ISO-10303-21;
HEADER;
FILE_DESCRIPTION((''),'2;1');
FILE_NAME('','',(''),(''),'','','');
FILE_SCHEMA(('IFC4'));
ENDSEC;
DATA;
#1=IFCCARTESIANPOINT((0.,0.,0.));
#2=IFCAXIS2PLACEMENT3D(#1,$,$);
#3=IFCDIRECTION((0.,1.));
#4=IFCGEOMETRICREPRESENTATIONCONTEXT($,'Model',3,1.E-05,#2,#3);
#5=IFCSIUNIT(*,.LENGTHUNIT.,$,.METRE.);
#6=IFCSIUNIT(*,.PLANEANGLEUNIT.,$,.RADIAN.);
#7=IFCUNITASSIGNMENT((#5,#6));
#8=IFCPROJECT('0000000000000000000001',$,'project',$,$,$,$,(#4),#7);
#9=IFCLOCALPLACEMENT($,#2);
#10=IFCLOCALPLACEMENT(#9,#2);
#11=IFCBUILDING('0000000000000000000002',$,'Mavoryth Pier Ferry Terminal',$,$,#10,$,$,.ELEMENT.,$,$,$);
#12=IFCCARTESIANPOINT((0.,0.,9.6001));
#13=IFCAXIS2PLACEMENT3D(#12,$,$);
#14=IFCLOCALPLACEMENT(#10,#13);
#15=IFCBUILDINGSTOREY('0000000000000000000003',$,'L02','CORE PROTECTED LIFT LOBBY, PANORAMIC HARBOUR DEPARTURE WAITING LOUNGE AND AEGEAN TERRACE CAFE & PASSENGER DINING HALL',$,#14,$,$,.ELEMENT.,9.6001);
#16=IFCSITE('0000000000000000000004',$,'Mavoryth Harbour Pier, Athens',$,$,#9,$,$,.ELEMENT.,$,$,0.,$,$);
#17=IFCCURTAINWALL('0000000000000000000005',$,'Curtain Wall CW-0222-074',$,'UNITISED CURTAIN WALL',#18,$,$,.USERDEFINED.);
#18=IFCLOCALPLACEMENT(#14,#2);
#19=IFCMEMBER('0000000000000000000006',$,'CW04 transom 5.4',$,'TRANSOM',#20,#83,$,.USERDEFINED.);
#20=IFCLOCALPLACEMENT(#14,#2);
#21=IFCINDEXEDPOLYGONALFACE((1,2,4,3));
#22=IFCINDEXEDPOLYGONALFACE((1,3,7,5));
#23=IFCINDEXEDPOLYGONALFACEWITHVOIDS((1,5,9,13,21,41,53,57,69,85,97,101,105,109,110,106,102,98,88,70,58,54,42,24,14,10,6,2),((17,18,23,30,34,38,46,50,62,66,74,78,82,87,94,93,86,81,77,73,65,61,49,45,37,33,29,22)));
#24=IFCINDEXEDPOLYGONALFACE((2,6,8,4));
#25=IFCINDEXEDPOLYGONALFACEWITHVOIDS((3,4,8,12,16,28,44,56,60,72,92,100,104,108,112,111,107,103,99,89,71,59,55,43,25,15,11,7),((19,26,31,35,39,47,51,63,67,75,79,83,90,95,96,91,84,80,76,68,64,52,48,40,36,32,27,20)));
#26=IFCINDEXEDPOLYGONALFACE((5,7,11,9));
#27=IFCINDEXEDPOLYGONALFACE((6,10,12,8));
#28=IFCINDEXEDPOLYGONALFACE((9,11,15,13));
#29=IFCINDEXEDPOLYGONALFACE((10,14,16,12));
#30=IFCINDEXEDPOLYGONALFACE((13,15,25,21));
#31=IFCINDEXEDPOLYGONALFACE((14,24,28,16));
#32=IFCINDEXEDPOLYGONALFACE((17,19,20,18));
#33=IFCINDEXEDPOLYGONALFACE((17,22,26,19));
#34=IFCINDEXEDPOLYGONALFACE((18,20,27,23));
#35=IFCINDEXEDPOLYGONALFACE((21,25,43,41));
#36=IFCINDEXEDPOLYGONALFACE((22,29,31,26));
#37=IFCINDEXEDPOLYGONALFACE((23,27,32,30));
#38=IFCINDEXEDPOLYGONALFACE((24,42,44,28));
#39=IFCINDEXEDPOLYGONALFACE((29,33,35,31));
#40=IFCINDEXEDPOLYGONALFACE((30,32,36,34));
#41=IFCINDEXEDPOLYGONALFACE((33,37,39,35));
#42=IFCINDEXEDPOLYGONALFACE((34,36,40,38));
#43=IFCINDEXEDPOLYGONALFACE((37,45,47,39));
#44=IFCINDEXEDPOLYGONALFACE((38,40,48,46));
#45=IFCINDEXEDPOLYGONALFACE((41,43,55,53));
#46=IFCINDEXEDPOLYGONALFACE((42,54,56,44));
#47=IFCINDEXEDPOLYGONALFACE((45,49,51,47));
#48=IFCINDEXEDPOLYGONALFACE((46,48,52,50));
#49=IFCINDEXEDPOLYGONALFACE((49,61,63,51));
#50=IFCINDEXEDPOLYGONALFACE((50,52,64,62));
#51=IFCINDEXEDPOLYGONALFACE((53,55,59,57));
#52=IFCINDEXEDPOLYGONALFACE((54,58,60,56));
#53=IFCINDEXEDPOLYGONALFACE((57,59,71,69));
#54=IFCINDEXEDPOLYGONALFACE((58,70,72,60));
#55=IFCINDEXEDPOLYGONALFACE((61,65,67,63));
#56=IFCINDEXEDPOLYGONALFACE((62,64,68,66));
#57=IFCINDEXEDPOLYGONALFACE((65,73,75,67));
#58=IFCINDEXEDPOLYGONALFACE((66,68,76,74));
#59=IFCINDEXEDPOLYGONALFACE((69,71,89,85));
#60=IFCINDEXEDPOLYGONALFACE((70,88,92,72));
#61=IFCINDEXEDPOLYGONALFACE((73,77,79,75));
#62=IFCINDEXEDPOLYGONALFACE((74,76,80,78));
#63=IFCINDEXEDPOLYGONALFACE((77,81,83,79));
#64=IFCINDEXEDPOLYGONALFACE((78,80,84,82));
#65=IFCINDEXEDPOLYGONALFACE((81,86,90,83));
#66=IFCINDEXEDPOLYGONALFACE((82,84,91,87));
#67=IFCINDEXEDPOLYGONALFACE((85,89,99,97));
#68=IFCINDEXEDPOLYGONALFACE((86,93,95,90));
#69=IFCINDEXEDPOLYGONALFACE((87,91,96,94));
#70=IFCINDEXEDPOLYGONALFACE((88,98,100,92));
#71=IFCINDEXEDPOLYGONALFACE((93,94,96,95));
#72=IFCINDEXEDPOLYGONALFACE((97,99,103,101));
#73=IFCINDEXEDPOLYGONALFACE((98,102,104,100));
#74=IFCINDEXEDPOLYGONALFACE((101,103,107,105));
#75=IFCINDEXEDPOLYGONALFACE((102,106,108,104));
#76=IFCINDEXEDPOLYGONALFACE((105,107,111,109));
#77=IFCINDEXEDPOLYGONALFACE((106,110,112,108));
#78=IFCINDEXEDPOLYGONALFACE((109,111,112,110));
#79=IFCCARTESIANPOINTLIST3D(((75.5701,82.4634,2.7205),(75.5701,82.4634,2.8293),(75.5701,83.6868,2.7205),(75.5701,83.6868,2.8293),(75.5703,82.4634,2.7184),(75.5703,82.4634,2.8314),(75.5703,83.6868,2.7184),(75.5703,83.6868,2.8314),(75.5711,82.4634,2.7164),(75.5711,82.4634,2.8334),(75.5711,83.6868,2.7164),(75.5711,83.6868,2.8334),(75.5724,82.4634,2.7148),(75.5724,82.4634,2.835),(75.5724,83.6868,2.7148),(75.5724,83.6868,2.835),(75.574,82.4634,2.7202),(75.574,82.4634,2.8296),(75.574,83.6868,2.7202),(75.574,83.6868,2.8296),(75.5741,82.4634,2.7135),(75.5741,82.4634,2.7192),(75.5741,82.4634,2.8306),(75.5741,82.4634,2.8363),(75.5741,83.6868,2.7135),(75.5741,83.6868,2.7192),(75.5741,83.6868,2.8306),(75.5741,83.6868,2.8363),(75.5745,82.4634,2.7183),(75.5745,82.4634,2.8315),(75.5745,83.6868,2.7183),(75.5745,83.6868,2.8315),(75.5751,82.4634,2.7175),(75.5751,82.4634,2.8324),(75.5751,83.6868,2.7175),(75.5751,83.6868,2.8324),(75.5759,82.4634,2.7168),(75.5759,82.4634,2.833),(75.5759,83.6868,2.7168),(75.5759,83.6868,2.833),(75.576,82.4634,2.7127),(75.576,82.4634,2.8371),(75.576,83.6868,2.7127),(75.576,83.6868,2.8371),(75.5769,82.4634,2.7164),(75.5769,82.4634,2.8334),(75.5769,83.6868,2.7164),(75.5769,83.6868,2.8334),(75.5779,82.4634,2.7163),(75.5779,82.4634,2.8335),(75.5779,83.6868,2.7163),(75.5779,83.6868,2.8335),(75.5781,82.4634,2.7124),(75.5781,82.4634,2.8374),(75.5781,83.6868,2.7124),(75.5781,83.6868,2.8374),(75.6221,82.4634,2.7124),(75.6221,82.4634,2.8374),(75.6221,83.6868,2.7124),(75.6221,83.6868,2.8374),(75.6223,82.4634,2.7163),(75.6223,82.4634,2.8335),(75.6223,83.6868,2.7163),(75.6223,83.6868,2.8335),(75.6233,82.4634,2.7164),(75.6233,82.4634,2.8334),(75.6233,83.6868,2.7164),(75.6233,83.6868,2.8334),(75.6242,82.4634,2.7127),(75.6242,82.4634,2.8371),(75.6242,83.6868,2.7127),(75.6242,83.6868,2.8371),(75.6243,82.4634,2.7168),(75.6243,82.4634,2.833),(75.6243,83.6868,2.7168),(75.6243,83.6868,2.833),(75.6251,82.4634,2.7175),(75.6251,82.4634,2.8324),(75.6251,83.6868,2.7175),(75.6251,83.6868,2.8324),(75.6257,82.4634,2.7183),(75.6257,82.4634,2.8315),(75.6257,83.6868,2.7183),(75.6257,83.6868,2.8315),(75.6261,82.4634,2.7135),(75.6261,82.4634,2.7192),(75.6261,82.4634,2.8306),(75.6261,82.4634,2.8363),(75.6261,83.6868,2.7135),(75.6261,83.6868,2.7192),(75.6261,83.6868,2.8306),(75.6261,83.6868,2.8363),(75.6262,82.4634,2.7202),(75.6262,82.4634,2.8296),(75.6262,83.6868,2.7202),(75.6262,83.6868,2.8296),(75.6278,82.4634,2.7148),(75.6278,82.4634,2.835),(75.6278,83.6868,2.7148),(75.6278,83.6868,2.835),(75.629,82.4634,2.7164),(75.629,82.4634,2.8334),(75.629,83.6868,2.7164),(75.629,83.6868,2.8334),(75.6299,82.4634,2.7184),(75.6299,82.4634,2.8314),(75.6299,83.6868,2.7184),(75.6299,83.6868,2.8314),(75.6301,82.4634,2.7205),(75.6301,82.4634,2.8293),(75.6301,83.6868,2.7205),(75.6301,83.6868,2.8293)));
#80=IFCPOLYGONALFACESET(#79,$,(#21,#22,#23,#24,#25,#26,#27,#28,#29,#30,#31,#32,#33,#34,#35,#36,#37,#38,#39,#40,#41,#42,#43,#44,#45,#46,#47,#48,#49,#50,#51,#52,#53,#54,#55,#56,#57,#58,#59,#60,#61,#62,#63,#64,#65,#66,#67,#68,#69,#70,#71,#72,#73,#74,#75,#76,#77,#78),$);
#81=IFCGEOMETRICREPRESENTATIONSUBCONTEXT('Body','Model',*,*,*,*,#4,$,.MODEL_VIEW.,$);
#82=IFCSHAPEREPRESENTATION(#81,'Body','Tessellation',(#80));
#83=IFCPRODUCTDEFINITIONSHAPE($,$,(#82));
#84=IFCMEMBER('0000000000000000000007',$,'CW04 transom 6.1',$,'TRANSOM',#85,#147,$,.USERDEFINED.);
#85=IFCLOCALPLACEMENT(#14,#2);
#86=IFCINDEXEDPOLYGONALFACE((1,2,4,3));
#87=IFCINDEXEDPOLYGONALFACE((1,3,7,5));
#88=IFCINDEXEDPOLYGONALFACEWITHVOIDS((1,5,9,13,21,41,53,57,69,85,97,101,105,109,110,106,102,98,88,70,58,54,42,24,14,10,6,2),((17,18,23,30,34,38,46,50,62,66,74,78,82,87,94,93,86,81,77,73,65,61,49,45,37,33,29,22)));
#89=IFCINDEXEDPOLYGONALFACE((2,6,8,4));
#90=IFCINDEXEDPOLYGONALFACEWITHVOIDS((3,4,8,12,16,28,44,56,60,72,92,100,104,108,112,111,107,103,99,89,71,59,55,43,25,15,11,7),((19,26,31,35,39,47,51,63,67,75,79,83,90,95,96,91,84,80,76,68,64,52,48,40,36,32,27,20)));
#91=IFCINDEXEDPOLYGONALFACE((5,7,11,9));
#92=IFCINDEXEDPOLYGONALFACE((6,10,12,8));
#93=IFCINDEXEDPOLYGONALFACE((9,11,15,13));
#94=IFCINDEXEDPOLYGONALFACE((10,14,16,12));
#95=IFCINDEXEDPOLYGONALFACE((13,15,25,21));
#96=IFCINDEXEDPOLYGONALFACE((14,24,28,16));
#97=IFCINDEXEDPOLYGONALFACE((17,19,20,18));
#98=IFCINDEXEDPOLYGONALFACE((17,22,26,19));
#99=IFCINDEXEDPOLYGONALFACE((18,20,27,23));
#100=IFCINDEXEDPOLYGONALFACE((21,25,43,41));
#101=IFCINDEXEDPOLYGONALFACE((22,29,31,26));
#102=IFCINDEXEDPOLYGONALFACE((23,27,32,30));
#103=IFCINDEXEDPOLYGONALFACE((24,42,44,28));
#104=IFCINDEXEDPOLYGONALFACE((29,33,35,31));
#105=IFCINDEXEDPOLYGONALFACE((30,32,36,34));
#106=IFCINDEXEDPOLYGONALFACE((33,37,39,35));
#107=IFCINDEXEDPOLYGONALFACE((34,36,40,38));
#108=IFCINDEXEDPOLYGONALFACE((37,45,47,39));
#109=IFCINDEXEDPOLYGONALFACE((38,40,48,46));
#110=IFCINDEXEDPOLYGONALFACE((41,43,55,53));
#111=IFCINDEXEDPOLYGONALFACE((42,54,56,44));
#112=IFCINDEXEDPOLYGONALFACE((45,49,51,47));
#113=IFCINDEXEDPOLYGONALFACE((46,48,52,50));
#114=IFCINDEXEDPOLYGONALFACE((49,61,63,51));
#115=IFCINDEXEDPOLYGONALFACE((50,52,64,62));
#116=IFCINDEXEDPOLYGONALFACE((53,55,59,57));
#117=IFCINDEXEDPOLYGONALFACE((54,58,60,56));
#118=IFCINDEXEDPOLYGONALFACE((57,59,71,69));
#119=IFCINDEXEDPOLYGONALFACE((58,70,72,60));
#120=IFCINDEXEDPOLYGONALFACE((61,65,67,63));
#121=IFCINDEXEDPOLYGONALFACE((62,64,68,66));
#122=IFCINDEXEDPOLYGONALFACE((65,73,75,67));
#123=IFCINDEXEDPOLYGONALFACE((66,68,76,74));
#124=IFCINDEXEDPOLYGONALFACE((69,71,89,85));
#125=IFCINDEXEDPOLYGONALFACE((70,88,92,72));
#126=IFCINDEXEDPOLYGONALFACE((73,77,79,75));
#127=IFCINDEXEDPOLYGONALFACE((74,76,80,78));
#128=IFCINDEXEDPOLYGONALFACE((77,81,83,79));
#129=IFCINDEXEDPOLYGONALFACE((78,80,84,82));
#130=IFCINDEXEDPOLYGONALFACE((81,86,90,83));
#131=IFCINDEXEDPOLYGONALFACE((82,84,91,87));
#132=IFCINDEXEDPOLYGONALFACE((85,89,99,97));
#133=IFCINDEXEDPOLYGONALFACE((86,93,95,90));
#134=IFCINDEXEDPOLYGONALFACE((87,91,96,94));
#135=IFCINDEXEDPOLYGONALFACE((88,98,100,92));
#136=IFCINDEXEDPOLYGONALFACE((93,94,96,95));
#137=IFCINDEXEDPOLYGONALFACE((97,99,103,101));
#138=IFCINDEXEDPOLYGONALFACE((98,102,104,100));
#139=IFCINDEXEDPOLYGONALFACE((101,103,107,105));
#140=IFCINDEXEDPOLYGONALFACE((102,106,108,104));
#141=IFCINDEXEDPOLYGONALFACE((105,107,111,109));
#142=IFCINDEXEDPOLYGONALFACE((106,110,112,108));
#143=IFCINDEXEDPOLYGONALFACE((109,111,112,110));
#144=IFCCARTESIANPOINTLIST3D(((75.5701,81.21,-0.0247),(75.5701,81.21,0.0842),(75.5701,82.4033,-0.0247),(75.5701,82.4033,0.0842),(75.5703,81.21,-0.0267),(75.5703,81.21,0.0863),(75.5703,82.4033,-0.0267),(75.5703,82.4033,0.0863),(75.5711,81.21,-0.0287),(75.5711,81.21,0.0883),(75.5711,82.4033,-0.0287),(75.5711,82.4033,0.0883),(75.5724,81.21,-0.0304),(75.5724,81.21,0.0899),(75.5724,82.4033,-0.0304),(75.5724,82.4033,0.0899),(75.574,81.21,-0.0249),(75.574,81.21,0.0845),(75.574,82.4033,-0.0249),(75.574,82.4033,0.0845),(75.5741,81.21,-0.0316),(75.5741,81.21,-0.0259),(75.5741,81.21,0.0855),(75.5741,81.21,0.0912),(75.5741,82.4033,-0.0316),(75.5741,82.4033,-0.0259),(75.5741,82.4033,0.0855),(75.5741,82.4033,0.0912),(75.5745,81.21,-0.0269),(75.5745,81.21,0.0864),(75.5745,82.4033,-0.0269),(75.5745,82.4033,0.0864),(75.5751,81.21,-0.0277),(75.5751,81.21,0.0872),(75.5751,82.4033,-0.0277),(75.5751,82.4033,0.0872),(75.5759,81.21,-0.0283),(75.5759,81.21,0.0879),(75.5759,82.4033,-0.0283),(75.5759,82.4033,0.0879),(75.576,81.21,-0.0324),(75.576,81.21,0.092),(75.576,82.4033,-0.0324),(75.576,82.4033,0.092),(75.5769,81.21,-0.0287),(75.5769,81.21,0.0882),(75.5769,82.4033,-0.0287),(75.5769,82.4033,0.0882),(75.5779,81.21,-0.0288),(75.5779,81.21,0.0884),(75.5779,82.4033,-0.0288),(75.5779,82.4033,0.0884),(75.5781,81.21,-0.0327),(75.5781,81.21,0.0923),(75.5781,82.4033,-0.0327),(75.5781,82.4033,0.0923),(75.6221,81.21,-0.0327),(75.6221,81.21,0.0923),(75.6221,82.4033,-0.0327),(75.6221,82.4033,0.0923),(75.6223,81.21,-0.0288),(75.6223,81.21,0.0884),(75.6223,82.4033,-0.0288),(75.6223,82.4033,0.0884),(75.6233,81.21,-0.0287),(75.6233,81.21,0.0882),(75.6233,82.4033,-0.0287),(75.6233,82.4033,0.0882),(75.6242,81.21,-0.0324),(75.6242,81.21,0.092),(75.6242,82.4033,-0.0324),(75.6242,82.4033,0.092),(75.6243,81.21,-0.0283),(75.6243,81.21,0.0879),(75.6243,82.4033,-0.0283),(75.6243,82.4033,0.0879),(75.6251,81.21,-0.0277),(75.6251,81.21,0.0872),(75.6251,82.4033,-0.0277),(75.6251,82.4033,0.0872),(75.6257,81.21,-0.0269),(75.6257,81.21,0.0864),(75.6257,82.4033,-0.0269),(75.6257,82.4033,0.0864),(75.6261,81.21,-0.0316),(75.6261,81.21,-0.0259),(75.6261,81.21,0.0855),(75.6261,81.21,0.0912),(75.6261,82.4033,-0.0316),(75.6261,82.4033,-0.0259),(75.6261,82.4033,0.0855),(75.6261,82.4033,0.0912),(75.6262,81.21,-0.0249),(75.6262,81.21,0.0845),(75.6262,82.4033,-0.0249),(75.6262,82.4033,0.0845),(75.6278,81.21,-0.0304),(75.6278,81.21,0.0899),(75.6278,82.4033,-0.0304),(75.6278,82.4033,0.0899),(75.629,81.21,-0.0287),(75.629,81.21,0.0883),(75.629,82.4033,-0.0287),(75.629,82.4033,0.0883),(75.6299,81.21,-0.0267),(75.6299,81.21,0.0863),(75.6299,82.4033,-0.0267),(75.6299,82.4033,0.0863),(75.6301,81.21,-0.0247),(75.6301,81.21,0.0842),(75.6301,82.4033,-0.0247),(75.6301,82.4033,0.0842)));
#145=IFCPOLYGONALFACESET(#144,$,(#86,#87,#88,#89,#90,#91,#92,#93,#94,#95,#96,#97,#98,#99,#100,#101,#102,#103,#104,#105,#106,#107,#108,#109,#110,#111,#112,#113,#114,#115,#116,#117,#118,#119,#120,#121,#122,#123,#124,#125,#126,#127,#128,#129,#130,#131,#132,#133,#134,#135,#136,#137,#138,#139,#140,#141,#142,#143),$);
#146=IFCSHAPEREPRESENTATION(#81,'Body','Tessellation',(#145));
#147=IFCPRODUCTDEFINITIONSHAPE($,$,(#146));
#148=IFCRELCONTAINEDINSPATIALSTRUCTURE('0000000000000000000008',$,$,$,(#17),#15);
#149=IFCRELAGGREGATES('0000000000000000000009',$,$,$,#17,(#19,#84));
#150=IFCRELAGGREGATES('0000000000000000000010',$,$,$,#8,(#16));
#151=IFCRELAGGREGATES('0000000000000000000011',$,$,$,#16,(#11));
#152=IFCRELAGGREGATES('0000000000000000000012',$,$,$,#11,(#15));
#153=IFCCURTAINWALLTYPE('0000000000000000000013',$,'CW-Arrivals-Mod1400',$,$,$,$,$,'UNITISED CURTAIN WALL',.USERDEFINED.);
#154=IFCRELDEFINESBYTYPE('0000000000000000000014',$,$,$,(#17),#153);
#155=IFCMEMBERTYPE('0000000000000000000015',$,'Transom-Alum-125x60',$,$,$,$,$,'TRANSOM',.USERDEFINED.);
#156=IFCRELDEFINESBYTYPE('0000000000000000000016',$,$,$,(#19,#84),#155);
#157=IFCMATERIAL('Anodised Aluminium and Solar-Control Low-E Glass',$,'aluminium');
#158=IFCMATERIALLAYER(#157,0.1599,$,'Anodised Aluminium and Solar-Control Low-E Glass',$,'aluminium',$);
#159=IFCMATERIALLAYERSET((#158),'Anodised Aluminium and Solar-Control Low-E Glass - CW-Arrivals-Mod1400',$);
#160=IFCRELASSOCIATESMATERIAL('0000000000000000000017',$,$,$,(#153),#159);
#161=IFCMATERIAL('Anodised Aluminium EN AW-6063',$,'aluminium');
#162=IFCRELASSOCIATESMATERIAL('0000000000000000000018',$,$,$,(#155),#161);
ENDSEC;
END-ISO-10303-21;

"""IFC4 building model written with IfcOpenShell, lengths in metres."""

from ifc_helpers import new_model, si_unit, direction, frame, origin, origin_2d, place, context, subcontext, project, spatial, hollow_rectangle, extrude, material, layer, layer_set, material_profile, profile_set, type_object, element, aggregate, save


model = new_model("IFC4")

# Units and contexts
model_context = context("Model", 3, precision=1e-05, world=origin(), true_north=direction((0.0, 1.0)))
body_context = subcontext(model_context, "Body", "Model", "MODEL_VIEW")
ifc_project = project(units=[si_unit("LENGTHUNIT", "METRE"), si_unit("PLANEANGLEUNIT", "RADIAN")], contexts=[model_context])

# Site, building, storey
site_placement = place(None, origin())
site = spatial("IfcSite", under=ifc_project, at=site_placement, Name="Mavoryth Harbour Pier, Athens", CompositionType="ELEMENT", RefElevation=0.0)
building_placement = place(site_placement, origin())
building = spatial("IfcBuilding", under=site, at=building_placement, Name="Mavoryth Pier Ferry Terminal", CompositionType="ELEMENT")
storey_placement = place(building_placement, frame((0.0, 0.0, 9.6001)))
storey = spatial("IfcBuildingStorey", under=building, at=storey_placement, Name="L02", Description="CORE PROTECTED LIFT LOBBY, PANORAMIC HARBOUR DEPARTURE WAITING LOUNGE AND AEGEAN TERRACE CAFE & PASSENGER DINING HALL", CompositionType="ELEMENT", Elevation=9.6001)

# Shared definitions
ifc_material_1 = material(Name="Anodised Aluminium and Solar-Control Low-E Glass", Category="aluminium")
ifc_layer_1 = layer(ifc_material_1, 0.1599, Name="Anodised Aluminium and Solar-Control Low-E Glass", Category="aluminium")
ifc_layer_set_1 = layer_set([ifc_layer_1], Name="Anodised Aluminium and Solar-Control Low-E Glass - CW-Arrivals-Mod1400")
curtain_wall_type = type_object("IfcCurtainWallType", Name="CW-Arrivals-Mod1400", ElementType="UNITISED CURTAIN WALL", PredefinedType="USERDEFINED", material=ifc_layer_set_1)
ifc_material_2 = material(Name="Anodised Aluminium EN AW-6063", Category="aluminium")

# Curtain wall
curtain_wall_1_placement = place(storey_placement, origin())
curtain_wall_1 = element("IfcCurtainWall", 1, at=curtain_wall_1_placement, inside=storey, type_object=curtain_wall_type, Name="Curtain Wall CW-0222-074", ObjectType="UNITISED CURTAIN WALL", PredefinedType="USERDEFINED")

# Members
ifc_material_profile_1 = material_profile(ifc_material_2, hollow_rectangle(XDim=0.0601, YDim=0.125, WallThickness=0.0039, InnerFilletRadius=0.0039, OuterFilletRadius=0.0081, at=origin_2d()), Name="AL-TRAN 125x60x4", Category="aluminium")
ifc_profile_set_1 = profile_set([ifc_material_profile_1], Name="Anodised Aluminium EN AW-6063 - AL-TRAN 125x60x4")
member_type_1 = type_object("IfcMemberType", Name="Transom-Alum-125x60", ElementType="TRANSOM", PredefinedType="USERDEFINED", material=ifc_profile_set_1)
member_1_placement = place(storey_placement, frame((75.6001, 83.6868, 2.7749), z_axis=(0.0, -1.0, 0.0), x_axis=(1.0, 0.0, 0.0)))
member_1 = element("IfcMember", 2, at=member_1_placement, type_object=member_type_1, Name="CW04 transom 5.4", ObjectType="TRANSOM", PredefinedType="USERDEFINED", context=body_context, shape_type="SweptSolid", body=[
    extrude(hollow_rectangle(XDim=0.0601, YDim=0.125, WallThickness=0.0039, InnerFilletRadius=0.0039, OuterFilletRadius=0.0081, at=origin_2d()), origin(), (0.0, 0.0, 1.0), 1.2234),
])
member_2_placement = place(storey_placement, frame((75.6001, 82.4033, 0.0298), z_axis=(0.0, -1.0, 0.0), x_axis=(1.0, 0.0, 0.0)))
member_2 = element("IfcMember", 3, at=member_2_placement, type_object=member_type_1, Name="CW04 transom 6.1", ObjectType="TRANSOM", PredefinedType="USERDEFINED", context=body_context, shape_type="SweptSolid", body=[
    extrude(hollow_rectangle(XDim=0.0601, YDim=0.125, WallThickness=0.0039, InnerFilletRadius=0.0039, OuterFilletRadius=0.0081, at=origin_2d()), origin(), (0.0, 0.0, 1.0), 1.1934),
])

aggregate(curtain_wall_1, [member_1, member_2])

save(model, "model.ifc")
